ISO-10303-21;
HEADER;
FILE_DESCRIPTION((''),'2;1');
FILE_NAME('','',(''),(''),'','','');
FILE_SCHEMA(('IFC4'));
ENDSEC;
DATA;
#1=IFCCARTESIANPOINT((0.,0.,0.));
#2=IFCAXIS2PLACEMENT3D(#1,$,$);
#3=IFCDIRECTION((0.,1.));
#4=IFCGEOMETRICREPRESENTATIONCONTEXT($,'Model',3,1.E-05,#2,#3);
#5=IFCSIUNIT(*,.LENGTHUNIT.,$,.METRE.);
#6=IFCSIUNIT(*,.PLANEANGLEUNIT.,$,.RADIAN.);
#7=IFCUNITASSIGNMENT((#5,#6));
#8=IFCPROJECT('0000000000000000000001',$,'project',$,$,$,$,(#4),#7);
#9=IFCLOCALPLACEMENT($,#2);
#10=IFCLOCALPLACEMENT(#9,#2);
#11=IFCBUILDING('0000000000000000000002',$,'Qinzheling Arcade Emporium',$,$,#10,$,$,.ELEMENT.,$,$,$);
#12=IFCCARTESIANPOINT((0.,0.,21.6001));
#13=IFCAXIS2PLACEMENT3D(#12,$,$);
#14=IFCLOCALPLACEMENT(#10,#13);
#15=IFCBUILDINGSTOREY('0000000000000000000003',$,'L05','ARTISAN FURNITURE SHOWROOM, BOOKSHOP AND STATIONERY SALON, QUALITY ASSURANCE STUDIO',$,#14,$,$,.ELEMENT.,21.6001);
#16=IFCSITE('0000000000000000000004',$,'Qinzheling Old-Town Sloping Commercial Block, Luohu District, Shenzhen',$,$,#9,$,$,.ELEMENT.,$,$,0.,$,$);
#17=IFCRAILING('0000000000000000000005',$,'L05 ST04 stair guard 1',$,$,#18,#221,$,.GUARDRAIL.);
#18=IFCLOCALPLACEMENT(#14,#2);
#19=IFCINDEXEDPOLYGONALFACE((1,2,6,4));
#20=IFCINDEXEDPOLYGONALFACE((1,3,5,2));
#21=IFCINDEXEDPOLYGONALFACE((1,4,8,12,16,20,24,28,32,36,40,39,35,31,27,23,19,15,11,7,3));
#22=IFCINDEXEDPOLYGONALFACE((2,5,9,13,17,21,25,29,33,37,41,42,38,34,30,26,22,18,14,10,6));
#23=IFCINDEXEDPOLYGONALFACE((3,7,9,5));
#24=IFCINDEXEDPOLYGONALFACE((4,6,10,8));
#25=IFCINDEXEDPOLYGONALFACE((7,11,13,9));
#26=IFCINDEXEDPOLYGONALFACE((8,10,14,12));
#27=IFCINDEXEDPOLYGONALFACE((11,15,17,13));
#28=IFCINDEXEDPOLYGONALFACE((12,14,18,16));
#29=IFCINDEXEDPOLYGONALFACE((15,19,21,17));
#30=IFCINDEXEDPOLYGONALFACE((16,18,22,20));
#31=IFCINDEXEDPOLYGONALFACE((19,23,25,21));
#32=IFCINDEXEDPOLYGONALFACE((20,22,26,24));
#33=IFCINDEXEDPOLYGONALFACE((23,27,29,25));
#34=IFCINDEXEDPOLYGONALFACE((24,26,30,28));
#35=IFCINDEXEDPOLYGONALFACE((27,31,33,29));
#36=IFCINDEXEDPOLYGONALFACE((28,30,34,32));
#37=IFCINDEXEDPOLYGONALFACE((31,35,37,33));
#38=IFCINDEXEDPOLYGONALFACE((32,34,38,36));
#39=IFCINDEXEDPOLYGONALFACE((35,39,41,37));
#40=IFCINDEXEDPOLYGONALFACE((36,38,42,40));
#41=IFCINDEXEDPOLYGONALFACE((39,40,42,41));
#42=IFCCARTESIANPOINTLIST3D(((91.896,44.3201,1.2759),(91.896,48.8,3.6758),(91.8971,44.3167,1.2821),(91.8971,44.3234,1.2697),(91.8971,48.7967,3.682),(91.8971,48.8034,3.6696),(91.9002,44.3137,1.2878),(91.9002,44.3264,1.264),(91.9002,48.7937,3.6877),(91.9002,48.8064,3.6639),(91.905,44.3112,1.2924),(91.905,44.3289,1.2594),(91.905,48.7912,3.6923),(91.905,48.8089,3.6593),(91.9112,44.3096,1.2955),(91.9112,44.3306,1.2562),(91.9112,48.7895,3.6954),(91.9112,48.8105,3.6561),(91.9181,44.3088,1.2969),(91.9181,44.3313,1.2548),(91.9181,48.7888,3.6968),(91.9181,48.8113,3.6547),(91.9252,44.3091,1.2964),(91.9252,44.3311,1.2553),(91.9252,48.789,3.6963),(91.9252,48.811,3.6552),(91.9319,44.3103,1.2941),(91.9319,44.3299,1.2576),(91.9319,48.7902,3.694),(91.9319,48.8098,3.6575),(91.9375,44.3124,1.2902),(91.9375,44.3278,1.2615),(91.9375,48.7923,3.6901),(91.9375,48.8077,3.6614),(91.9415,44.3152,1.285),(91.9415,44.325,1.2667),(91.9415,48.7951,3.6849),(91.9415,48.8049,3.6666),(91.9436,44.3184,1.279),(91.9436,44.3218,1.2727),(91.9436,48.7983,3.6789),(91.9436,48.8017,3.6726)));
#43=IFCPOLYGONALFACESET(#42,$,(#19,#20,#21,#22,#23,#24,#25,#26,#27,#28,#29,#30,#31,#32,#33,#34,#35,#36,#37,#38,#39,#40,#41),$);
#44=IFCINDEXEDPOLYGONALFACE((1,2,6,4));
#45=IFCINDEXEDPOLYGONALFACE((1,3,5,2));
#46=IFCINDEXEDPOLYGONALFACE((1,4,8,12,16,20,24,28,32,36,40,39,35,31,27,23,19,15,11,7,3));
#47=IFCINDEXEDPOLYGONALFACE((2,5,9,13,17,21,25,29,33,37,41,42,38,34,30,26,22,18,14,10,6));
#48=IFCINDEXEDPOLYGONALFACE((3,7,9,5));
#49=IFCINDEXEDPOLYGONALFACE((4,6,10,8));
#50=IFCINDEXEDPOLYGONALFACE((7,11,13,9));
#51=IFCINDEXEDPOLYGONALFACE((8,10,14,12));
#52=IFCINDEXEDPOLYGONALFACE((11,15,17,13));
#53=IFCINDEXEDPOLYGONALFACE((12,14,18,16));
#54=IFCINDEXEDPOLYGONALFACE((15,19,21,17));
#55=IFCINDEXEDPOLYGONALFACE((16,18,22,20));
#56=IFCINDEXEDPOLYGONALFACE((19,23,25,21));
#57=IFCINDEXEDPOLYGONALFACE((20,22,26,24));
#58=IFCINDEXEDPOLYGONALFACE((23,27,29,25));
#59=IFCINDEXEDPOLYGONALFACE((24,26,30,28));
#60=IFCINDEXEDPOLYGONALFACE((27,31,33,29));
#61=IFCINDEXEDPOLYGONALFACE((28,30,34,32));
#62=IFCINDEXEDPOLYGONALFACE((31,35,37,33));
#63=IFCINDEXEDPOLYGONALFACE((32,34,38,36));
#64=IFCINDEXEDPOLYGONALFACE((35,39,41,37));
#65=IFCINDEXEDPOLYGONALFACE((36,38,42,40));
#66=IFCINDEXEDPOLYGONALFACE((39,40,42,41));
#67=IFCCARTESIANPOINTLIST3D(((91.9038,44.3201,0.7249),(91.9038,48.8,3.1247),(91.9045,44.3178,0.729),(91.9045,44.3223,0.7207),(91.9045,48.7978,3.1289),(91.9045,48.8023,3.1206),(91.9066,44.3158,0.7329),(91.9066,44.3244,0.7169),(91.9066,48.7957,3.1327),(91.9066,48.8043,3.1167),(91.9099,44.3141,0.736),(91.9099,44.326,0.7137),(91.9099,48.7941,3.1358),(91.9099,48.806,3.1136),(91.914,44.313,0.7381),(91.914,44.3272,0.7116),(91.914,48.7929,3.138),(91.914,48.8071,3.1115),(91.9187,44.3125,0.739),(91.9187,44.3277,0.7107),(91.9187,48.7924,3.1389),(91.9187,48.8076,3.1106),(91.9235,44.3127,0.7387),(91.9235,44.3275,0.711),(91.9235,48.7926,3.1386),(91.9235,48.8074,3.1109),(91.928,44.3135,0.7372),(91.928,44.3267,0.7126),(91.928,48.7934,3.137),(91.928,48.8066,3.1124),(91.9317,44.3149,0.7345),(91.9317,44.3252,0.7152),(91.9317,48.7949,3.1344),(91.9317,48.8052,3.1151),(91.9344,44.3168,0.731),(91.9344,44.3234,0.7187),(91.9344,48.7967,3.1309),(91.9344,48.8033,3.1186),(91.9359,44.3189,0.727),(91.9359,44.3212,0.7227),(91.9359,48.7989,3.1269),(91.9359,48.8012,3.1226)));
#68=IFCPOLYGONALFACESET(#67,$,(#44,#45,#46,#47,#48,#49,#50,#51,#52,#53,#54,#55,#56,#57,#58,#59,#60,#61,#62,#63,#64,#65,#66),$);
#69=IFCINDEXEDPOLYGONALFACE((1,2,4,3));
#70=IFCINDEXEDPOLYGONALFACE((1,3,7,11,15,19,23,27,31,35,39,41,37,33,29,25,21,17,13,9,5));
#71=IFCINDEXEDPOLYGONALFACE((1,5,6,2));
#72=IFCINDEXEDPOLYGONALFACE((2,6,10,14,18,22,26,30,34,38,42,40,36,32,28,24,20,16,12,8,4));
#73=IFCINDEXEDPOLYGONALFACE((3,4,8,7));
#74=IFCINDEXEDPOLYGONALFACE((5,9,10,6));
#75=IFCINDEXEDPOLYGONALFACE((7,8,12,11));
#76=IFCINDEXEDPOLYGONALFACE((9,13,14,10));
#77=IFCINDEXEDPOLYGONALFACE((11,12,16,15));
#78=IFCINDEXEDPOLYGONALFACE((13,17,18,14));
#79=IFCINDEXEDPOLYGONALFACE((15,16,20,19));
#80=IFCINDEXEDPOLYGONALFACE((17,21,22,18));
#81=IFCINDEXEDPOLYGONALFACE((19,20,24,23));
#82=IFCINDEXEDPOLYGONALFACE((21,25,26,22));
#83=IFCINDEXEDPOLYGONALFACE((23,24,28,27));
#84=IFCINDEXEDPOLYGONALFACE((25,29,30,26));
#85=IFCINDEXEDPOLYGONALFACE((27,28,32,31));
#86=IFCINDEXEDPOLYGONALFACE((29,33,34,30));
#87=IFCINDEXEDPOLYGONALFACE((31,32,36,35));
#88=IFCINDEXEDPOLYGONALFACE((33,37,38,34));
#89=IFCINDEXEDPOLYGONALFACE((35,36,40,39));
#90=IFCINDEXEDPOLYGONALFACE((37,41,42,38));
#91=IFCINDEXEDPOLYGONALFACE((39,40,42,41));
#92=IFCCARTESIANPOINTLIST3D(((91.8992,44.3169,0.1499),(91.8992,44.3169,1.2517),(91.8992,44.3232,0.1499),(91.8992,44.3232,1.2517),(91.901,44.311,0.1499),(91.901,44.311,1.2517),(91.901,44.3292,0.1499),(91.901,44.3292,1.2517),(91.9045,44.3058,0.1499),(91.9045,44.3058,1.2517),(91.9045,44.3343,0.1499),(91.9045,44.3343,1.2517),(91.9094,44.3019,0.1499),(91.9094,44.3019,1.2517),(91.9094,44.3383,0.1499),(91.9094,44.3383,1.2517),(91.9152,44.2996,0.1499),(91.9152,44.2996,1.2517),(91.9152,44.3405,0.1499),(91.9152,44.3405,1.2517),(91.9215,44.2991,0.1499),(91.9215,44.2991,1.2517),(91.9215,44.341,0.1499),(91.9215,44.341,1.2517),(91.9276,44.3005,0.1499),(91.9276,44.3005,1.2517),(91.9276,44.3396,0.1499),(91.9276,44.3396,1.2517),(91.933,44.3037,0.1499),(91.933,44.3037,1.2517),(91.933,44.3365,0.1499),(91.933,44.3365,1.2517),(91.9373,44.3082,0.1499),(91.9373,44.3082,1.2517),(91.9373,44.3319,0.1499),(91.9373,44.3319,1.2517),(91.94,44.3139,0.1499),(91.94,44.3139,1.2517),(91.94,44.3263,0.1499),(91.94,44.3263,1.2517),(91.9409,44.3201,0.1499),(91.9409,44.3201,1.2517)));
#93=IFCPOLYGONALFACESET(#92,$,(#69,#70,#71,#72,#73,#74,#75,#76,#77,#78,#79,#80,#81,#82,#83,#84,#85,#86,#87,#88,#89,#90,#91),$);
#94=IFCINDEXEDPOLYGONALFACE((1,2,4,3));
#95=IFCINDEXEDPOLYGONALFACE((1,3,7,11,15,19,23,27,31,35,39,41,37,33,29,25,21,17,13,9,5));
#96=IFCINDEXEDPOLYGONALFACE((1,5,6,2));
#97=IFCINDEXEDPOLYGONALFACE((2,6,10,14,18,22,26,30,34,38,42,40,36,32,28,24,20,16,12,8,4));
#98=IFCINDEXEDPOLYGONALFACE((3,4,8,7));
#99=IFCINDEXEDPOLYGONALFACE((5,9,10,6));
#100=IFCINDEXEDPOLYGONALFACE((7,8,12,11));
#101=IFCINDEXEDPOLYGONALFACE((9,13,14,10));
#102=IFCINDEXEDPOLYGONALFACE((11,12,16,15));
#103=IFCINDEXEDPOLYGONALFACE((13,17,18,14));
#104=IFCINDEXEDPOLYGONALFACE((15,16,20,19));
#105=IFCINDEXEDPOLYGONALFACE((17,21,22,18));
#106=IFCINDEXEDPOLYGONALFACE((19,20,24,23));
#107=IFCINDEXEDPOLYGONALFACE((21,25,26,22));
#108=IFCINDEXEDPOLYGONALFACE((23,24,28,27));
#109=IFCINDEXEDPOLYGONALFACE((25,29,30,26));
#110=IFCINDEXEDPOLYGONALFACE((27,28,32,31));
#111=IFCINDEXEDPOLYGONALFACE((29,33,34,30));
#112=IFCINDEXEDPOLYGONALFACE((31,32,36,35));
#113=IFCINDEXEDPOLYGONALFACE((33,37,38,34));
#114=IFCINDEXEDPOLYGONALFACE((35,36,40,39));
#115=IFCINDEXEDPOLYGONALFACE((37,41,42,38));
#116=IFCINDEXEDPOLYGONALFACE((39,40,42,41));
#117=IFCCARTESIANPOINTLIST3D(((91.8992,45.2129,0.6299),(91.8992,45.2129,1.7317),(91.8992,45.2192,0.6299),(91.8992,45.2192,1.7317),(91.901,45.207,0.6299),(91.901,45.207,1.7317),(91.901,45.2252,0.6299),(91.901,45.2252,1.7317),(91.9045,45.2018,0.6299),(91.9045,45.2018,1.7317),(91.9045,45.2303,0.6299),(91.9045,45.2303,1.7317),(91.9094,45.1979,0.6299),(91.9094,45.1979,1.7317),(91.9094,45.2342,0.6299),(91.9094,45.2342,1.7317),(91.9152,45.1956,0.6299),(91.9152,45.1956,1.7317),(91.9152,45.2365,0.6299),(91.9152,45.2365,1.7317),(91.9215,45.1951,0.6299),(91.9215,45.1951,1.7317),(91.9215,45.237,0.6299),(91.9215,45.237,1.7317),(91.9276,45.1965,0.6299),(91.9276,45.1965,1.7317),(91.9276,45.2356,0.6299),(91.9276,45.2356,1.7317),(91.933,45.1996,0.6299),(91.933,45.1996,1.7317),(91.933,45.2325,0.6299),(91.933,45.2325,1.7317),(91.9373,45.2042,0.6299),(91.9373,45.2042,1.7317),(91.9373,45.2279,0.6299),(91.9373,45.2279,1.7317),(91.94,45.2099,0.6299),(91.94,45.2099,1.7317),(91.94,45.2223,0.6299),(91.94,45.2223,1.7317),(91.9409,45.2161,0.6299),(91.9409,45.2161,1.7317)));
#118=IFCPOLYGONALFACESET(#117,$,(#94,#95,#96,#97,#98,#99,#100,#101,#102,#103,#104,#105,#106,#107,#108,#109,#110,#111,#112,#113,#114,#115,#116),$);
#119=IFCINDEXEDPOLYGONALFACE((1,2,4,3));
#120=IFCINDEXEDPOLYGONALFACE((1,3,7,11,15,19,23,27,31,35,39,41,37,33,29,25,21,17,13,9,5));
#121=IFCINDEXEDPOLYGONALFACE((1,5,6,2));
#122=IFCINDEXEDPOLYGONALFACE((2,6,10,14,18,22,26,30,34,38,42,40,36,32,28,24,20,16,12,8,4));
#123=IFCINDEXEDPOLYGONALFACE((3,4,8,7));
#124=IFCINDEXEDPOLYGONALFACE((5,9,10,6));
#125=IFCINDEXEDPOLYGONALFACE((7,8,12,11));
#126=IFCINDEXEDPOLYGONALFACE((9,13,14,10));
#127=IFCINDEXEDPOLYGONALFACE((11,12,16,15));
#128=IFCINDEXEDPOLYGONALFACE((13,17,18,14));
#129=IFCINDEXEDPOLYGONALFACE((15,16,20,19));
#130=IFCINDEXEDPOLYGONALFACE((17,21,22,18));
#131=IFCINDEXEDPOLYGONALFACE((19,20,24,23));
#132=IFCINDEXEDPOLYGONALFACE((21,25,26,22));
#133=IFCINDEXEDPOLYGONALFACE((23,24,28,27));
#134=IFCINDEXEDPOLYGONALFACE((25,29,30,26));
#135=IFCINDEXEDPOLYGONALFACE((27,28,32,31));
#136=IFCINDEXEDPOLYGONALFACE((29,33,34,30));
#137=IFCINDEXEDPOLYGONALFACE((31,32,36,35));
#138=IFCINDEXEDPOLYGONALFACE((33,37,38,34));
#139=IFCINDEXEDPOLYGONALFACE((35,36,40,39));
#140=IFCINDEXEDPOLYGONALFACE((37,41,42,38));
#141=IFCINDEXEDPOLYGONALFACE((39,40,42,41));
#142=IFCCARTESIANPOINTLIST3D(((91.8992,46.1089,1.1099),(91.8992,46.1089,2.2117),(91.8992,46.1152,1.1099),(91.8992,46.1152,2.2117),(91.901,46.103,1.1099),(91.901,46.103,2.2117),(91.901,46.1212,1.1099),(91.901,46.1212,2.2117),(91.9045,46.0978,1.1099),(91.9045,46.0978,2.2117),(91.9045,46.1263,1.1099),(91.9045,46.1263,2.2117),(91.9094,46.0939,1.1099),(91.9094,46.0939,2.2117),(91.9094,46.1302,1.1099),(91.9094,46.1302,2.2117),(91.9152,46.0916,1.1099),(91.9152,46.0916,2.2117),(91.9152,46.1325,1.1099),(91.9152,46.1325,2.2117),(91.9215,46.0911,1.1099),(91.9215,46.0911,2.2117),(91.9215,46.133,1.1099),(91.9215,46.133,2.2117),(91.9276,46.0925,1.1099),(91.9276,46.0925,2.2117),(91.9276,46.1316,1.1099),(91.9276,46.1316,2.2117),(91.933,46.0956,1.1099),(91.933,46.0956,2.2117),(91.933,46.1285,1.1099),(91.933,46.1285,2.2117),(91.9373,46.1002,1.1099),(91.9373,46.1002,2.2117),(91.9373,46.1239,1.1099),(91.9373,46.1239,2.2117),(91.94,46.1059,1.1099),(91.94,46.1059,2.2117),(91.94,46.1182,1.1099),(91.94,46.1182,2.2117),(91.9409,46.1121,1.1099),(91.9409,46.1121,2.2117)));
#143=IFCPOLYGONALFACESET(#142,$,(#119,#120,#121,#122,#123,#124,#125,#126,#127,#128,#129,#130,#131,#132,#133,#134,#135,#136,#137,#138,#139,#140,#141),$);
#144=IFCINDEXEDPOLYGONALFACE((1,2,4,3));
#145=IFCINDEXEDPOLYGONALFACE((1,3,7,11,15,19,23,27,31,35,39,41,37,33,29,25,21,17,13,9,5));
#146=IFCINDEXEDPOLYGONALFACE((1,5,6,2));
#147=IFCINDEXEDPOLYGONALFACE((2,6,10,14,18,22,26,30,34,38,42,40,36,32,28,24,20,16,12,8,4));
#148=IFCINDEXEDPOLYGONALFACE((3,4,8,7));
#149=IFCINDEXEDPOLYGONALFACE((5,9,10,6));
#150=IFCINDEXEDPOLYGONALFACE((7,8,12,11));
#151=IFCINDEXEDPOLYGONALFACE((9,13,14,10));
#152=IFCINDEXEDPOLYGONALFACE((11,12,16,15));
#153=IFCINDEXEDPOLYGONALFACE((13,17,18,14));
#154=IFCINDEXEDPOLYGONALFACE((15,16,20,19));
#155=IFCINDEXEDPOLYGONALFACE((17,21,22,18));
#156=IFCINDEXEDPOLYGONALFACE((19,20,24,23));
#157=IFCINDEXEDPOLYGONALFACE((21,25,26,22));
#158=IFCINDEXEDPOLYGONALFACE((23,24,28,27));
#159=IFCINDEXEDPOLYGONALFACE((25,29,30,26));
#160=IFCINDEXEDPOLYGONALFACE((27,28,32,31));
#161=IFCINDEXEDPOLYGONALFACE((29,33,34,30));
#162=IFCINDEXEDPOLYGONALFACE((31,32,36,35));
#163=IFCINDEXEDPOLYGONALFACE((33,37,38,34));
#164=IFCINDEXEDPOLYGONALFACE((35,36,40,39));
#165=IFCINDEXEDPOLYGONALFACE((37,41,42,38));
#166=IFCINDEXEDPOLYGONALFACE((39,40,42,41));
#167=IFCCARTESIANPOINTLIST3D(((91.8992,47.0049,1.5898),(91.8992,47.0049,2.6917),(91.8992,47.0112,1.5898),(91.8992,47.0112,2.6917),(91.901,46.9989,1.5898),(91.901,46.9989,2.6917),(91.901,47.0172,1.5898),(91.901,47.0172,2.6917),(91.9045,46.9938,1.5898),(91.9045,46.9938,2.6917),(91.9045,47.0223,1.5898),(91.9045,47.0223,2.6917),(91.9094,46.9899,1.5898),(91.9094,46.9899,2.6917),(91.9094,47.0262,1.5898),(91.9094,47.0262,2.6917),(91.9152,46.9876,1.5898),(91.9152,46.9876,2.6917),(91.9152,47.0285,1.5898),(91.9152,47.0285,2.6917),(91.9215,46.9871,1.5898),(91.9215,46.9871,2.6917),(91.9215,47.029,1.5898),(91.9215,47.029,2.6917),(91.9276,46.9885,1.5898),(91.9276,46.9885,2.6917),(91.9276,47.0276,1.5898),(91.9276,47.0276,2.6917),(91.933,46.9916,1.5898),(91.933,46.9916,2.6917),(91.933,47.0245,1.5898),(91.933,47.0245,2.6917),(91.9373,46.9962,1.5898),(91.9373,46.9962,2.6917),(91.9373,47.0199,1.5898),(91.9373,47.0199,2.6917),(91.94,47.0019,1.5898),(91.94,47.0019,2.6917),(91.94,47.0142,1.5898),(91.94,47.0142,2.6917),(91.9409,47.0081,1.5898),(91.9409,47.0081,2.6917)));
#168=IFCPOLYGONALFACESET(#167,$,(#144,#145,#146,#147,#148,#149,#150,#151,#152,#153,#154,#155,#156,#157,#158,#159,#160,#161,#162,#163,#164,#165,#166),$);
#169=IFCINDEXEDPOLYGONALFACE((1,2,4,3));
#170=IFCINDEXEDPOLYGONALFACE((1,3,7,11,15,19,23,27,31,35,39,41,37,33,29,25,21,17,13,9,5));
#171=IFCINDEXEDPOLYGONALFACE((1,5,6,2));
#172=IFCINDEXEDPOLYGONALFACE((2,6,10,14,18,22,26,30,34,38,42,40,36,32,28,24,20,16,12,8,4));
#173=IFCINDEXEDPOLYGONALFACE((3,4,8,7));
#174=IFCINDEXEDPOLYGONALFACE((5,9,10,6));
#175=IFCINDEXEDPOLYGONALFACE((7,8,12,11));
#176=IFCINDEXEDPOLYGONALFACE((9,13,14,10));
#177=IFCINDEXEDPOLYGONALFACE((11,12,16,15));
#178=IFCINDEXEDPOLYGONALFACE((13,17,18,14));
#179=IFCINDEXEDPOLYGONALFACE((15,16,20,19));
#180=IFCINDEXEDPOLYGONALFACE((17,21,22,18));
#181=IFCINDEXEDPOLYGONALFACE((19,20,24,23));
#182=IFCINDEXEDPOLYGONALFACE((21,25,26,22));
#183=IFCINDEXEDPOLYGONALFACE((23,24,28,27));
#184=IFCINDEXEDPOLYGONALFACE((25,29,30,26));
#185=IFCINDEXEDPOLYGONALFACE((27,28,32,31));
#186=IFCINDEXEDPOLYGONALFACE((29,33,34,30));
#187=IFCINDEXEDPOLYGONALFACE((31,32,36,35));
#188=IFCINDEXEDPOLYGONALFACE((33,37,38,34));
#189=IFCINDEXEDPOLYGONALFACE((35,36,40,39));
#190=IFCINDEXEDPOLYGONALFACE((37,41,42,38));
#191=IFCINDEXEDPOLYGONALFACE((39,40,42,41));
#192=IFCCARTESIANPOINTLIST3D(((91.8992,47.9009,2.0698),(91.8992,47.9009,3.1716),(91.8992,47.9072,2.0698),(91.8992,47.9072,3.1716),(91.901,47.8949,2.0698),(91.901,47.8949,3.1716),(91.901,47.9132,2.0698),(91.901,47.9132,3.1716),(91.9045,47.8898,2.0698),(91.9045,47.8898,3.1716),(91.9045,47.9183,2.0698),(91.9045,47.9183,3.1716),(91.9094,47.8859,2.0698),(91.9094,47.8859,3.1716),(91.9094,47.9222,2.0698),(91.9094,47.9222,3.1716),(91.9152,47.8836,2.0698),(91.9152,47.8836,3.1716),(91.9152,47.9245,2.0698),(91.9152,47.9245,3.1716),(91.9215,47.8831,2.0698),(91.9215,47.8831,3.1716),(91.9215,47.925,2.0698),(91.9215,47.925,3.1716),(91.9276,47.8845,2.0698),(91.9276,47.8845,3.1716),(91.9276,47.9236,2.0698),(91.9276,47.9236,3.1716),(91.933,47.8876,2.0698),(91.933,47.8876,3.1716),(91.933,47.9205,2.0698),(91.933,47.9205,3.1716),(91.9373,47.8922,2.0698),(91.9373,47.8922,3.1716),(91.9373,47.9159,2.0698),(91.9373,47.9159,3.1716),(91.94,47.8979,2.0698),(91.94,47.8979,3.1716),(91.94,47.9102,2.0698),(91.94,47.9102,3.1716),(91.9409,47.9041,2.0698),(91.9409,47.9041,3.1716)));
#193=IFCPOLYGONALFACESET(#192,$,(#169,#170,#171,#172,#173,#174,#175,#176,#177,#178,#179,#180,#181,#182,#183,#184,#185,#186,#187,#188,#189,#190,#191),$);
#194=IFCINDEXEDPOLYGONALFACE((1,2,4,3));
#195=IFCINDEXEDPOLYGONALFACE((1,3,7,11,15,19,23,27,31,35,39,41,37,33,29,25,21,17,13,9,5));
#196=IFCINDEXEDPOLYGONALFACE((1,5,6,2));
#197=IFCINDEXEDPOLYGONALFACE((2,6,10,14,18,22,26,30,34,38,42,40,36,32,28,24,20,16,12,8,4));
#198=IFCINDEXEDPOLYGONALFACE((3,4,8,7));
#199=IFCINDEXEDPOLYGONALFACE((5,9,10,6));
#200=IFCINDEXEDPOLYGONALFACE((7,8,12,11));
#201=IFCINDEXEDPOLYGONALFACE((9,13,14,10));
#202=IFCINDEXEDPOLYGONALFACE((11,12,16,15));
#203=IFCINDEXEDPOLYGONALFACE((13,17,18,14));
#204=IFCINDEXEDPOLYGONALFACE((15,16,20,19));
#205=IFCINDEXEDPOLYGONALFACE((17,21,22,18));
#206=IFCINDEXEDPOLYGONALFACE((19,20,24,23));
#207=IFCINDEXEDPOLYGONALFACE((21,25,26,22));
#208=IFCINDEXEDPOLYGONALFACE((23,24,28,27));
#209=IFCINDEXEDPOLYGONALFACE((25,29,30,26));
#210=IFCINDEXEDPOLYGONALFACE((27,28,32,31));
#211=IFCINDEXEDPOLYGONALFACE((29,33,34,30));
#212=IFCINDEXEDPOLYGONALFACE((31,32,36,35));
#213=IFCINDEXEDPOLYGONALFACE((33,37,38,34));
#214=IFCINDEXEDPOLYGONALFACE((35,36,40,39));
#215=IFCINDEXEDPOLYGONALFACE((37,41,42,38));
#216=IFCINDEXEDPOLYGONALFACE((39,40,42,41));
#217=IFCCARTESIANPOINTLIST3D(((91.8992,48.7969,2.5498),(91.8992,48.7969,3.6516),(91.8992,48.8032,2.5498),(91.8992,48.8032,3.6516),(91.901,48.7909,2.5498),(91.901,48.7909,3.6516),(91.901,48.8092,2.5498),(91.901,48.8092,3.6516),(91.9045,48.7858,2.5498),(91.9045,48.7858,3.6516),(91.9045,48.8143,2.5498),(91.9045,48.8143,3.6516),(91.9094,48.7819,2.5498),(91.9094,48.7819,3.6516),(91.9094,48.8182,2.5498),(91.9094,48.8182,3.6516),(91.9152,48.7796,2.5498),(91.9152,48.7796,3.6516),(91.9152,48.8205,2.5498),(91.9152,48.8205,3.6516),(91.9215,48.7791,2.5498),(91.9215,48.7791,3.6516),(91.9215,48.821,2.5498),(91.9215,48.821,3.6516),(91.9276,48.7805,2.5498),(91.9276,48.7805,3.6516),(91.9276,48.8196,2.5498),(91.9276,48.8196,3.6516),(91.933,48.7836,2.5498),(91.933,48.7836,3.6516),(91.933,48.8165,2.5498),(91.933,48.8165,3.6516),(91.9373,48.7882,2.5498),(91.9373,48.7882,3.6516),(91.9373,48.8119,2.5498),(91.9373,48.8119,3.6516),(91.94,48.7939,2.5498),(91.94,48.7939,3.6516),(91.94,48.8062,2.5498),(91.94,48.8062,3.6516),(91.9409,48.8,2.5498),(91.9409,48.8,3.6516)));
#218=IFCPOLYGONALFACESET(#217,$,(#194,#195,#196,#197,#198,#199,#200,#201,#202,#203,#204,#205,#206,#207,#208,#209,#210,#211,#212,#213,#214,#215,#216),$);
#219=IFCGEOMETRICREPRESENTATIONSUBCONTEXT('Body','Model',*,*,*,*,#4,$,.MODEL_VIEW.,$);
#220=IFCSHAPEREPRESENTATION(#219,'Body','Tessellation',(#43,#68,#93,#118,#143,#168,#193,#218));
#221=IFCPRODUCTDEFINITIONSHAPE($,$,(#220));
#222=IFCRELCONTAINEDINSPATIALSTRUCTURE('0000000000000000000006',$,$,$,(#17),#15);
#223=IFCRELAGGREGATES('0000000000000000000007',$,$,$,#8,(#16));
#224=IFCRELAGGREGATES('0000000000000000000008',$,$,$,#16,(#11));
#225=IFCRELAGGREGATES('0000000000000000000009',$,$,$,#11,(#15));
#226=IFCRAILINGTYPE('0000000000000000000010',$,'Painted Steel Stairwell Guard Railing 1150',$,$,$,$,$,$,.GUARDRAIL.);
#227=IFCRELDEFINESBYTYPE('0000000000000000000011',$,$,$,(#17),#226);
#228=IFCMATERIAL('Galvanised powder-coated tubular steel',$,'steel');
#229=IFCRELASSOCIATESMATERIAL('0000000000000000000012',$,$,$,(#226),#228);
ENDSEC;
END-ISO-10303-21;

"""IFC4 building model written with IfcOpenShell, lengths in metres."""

from ifc_helpers import new_model, si_unit, direction, frame, origin, origin_2d, place, context, subcontext, project, spatial, circle, extrude, material, type_object, element, save


model = new_model("IFC4")

# Units and contexts
model_context = context("Model", 3, precision=1e-05, world=origin(), true_north=direction((0.0, 1.0)))
body_context = subcontext(model_context, "Body", "Model", "MODEL_VIEW")
ifc_project = project(units=[si_unit("LENGTHUNIT", "METRE"), si_unit("PLANEANGLEUNIT", "RADIAN")], contexts=[model_context])

# Site, building, storey
site_placement = place(None, origin())
site = spatial("IfcSite", under=ifc_project, at=site_placement, Name="Qinzheling Old-Town Sloping Commercial Block, Luohu District, Shenzhen", CompositionType="ELEMENT", RefElevation=0.0)
building_placement = place(site_placement, origin())
building = spatial("IfcBuilding", under=site, at=building_placement, Name="Qinzheling Arcade Emporium", CompositionType="ELEMENT")
storey_placement = place(building_placement, frame((0.0, 0.0, 21.6001)))
storey = spatial("IfcBuildingStorey", under=building, at=storey_placement, Name="L05", Description="ARTISAN FURNITURE SHOWROOM, BOOKSHOP AND STATIONERY SALON, QUALITY ASSURANCE STUDIO", CompositionType="ELEMENT", Elevation=21.6001)

# Railing
ifc_material_1 = material(Name="Galvanised powder-coated tubular steel", Category="steel")
railing_type_1 = type_object("IfcRailingType", Name="Painted Steel Stairwell Guard Railing 1150", PredefinedType="GUARDRAIL", material=ifc_material_1)
railing_1_placement = place(storey_placement, frame((91.9199, 44.3201, 0.1499)))
element("IfcRailing", 1, at=railing_1_placement, inside=storey, type_object=railing_type_1, Name="L05 ST04 stair guard 1", PredefinedType="GUARDRAIL", context=body_context, shape_type="SweptSolid", body=[
    extrude(circle(Radius=0.0239, at=origin_2d()), frame((0.0, 0.0, 1.126), z_axis=(0.0, 0.881487, 0.472208), x_axis=(-1.0, 0.0, 0.0)), (0.0, 0.0, 1.0), 5.0823),
    extrude(circle(Radius=0.0161, at=origin_2d()), frame((0.0, 0.0, 0.575), z_axis=(0.0, 0.881487, 0.472208), x_axis=(-1.0, 0.0, 0.0)), (0.0, 0.0, 1.0), 5.0823),
    extrude(circle(Radius=0.021, at=origin_2d()), origin(), (0.0, 0.0, 1.0), 1.1018),
    extrude(circle(Radius=0.021, at=origin_2d()), frame((0.0, 0.896, 0.48)), (0.0, 0.0, 1.0), 1.1018),
    extrude(circle(Radius=0.021, at=origin_2d()), frame((0.0, 1.792, 0.96)), (0.0, 0.0, 1.0), 1.1018),
    extrude(circle(Radius=0.021, at=origin_2d()), frame((0.0, 2.688, 1.4399)), (0.0, 0.0, 1.0), 1.1018),
    extrude(circle(Radius=0.021, at=origin_2d()), frame((0.0, 3.584, 1.9199)), (0.0, 0.0, 1.0), 1.1018),
    extrude(circle(Radius=0.021, at=origin_2d()), frame((0.0, 4.48, 2.3999)), (0.0, 0.0, 1.0), 1.1018),
])

save(model, "model.ifc")
